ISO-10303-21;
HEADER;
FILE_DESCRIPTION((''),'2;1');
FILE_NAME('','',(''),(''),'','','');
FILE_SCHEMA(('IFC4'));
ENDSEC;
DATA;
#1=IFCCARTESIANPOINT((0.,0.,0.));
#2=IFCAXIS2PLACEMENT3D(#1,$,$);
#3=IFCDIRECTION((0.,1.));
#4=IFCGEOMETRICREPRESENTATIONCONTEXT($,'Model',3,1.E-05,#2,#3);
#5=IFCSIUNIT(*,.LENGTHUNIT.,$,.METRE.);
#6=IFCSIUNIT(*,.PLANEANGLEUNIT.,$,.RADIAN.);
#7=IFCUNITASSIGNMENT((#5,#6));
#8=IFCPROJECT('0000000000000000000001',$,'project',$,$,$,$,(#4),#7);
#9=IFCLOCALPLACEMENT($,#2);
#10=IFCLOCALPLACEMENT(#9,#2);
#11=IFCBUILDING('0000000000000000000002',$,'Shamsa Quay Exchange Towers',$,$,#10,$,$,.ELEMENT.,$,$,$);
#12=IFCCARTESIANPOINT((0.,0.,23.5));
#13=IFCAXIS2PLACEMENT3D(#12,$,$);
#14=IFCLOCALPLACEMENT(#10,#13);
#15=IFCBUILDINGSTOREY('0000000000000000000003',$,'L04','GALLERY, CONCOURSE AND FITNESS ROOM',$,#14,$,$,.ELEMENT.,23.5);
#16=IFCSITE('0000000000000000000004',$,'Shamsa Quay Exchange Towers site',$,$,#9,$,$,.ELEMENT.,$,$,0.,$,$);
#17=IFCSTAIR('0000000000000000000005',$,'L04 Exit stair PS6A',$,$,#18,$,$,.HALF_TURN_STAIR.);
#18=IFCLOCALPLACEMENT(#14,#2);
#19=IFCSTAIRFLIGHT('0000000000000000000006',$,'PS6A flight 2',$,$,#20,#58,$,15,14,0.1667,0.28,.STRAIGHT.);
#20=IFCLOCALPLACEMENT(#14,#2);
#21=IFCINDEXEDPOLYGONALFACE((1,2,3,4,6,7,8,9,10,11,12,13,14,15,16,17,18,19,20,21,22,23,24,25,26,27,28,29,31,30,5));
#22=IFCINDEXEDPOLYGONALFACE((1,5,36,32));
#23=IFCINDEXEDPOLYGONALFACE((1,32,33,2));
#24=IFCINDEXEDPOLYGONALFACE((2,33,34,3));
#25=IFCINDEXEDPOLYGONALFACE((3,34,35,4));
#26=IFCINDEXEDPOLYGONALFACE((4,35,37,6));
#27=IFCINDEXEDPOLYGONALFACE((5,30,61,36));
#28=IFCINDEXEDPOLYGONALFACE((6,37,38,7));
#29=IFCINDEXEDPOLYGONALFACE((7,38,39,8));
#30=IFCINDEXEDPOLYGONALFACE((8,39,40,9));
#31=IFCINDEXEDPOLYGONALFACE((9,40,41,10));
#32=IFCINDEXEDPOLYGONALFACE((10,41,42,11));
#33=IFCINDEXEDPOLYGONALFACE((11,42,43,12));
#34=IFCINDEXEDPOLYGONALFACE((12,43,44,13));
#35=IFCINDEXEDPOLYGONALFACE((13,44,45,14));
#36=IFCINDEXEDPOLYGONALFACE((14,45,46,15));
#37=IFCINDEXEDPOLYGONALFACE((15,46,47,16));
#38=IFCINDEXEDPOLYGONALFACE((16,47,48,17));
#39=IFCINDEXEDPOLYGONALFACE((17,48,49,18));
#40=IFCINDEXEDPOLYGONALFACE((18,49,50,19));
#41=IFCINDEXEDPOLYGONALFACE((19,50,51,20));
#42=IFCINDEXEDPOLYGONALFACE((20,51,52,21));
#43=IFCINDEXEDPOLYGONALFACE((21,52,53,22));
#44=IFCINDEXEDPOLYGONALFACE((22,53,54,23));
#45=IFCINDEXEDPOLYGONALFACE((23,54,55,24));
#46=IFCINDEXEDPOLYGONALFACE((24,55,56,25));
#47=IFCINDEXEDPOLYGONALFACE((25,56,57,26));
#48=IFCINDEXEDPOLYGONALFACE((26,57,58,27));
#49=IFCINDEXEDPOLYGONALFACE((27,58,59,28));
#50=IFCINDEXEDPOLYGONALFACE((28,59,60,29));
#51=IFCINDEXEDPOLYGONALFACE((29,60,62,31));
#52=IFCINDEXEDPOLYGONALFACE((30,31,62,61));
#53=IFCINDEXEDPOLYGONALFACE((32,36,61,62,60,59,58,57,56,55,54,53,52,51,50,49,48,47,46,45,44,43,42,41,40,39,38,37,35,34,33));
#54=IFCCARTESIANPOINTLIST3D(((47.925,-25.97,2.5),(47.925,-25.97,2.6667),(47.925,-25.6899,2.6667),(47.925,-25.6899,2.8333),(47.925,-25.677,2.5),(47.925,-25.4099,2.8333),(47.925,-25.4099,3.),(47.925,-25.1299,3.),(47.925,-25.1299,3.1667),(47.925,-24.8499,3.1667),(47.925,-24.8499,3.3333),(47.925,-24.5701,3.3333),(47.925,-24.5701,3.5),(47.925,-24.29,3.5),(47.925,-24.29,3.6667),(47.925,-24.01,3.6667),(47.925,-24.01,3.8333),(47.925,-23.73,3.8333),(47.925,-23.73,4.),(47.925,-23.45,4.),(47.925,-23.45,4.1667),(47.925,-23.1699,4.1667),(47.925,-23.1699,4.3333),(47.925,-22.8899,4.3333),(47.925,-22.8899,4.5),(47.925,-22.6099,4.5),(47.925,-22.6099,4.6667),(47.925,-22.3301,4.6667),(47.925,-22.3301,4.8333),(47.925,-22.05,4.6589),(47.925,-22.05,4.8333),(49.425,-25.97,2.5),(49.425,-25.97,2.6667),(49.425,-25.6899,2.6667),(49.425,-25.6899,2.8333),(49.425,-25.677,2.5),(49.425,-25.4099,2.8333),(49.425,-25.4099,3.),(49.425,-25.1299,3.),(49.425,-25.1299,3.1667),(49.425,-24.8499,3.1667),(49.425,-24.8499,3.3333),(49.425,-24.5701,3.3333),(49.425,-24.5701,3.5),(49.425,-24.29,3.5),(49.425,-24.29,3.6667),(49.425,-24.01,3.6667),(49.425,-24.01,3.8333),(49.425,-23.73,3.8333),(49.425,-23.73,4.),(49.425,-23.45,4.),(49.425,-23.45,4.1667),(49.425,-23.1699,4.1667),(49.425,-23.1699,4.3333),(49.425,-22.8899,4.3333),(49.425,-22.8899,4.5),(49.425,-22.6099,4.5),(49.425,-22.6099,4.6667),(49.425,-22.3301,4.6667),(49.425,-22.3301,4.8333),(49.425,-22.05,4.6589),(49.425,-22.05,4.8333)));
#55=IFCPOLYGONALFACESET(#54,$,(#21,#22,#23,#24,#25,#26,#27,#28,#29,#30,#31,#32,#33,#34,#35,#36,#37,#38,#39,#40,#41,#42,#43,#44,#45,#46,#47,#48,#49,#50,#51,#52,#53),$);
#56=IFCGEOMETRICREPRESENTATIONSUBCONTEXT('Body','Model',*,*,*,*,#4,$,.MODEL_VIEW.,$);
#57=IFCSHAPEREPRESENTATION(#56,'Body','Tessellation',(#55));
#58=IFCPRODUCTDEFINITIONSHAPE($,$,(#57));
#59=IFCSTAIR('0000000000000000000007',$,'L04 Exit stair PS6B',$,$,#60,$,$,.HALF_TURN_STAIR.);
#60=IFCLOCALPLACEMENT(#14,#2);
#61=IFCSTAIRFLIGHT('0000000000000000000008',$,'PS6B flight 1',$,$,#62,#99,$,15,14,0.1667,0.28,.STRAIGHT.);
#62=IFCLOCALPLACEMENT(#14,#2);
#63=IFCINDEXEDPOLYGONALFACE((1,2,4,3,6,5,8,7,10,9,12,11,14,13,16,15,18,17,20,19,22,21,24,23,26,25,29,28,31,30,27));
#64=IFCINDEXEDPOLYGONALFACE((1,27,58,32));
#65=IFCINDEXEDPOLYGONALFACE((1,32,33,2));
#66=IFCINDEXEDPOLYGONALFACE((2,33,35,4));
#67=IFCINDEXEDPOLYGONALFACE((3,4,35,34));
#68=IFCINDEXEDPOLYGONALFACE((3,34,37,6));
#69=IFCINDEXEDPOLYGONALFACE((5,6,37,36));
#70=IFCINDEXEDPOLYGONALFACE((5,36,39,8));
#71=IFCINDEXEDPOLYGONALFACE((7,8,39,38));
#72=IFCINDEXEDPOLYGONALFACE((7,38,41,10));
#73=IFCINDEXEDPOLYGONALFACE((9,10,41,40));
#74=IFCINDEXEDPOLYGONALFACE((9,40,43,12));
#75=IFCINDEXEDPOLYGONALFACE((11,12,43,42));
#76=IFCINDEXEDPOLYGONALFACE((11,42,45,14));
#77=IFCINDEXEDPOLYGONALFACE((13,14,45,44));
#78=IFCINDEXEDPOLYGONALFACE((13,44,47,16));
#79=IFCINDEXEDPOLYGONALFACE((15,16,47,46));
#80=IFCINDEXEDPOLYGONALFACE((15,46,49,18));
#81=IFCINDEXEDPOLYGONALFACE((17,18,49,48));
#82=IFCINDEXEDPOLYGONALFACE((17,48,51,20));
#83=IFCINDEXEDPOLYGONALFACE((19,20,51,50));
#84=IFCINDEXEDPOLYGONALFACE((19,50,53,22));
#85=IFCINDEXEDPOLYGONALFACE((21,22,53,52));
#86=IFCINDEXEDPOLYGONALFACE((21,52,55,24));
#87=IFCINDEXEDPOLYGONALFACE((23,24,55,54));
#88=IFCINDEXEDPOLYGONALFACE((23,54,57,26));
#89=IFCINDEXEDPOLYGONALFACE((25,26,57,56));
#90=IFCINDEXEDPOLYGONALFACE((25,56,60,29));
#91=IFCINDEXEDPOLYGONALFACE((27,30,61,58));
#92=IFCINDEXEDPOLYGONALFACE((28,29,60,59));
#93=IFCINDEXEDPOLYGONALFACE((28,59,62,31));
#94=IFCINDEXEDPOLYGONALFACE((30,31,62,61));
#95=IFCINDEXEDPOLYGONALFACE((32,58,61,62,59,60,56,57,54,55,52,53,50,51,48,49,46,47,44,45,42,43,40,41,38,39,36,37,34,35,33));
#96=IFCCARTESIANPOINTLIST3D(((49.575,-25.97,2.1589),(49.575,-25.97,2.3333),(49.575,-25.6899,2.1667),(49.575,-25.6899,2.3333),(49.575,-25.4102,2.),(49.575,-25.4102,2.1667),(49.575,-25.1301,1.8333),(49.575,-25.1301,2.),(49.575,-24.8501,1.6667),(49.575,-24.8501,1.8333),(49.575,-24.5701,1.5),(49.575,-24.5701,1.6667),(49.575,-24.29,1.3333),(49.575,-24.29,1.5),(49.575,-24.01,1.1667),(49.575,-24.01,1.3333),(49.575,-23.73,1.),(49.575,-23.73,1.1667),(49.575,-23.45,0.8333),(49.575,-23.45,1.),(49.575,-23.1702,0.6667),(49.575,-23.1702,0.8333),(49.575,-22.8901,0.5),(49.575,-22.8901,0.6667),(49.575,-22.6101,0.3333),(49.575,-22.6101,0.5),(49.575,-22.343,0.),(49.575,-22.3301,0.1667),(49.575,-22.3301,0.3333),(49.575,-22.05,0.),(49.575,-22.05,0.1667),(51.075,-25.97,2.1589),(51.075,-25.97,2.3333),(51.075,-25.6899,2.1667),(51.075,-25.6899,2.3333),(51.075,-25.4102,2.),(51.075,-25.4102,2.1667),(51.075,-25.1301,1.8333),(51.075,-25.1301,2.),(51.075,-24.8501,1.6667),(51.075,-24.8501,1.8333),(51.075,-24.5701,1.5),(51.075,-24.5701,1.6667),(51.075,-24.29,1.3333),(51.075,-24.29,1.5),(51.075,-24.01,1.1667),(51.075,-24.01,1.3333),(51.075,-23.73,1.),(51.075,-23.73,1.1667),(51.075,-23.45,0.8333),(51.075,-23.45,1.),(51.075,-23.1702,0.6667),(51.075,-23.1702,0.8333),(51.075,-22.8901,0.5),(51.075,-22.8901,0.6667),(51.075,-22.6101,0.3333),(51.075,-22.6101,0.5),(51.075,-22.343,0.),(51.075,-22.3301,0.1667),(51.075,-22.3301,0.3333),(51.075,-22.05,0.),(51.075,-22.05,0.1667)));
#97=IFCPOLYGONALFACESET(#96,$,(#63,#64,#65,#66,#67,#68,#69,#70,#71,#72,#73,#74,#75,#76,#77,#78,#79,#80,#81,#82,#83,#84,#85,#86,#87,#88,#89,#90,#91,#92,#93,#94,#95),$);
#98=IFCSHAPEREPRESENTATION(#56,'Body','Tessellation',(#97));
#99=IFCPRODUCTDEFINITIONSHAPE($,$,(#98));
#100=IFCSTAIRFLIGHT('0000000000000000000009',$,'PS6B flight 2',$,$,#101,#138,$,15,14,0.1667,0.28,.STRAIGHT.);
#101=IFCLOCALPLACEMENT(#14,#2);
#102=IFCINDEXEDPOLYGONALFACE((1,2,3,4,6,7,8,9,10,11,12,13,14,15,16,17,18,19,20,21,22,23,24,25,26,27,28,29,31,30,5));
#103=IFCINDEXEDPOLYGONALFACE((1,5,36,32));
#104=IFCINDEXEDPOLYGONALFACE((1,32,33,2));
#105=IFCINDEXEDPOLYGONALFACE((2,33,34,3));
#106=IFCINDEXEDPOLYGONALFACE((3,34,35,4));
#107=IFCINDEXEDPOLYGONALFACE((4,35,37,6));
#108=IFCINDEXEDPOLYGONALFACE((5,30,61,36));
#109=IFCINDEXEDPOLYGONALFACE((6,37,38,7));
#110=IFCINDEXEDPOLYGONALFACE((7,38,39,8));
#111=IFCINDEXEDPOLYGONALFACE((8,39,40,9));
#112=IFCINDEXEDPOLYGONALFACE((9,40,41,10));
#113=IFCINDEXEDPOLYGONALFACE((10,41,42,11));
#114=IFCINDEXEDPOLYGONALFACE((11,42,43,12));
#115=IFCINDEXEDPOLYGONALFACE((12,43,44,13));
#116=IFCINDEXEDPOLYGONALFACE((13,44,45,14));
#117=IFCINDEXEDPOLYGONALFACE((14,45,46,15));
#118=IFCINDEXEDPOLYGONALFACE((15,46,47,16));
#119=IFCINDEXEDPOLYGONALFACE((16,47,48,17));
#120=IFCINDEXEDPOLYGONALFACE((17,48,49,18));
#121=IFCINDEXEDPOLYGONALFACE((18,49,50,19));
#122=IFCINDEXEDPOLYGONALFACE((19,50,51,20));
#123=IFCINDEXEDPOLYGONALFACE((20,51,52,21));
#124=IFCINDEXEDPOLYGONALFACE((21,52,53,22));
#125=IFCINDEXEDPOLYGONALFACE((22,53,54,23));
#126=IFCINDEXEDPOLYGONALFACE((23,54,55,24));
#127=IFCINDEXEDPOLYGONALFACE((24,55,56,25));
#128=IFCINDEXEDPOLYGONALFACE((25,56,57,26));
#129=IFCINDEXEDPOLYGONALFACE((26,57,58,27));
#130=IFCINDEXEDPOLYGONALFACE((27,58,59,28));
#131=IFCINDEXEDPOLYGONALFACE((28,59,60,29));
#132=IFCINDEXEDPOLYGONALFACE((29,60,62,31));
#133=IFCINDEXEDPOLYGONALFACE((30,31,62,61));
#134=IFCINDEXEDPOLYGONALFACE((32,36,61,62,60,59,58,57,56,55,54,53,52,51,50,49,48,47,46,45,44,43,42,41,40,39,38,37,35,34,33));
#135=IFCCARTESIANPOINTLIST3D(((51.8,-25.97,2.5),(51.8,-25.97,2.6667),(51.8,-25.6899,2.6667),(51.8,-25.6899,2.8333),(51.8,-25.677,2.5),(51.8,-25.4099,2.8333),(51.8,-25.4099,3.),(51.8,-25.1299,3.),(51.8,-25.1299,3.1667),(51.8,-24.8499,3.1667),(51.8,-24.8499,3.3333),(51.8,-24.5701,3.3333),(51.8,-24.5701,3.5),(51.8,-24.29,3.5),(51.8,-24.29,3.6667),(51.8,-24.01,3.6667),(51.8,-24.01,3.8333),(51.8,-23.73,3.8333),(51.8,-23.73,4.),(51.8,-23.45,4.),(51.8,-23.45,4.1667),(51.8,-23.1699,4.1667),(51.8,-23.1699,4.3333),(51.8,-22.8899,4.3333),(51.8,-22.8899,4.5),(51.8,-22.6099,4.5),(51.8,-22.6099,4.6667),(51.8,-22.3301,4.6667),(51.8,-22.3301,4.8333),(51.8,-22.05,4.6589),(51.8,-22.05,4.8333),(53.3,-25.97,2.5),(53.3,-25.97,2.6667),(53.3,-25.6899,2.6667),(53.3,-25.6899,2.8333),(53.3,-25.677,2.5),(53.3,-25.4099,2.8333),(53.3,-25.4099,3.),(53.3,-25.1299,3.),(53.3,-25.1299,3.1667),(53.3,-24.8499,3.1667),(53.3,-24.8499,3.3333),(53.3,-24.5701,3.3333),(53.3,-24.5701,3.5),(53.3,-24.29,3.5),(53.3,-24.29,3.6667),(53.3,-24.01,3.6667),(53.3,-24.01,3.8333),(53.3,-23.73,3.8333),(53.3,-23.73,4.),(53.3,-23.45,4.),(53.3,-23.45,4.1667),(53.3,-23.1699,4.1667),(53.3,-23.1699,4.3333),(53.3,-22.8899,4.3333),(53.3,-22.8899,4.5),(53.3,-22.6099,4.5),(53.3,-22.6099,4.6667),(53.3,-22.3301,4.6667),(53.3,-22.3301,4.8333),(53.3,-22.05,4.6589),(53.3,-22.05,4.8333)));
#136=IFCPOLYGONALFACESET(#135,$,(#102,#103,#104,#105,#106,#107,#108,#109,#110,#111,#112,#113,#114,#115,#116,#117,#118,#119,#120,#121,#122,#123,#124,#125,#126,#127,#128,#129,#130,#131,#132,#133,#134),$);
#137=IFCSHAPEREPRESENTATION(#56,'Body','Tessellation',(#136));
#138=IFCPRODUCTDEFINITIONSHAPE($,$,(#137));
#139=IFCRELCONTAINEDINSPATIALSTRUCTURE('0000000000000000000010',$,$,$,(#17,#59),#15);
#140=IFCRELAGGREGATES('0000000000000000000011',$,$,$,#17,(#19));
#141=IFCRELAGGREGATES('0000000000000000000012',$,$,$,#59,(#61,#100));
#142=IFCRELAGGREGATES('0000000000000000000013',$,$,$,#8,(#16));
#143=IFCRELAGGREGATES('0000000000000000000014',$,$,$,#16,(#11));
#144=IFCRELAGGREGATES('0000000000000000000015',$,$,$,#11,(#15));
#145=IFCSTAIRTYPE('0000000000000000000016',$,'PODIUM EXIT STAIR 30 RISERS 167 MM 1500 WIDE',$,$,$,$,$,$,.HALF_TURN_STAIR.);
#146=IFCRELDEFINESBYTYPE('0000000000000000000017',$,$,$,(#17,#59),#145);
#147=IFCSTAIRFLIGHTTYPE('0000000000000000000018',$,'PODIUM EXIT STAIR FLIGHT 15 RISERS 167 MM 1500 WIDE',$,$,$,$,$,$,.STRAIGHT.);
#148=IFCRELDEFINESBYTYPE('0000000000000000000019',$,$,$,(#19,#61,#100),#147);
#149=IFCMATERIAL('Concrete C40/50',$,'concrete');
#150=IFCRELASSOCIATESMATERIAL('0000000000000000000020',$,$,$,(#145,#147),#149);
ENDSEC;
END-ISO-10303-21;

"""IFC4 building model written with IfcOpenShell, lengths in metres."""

from ifc_helpers import new_model, si_unit, direction, frame, origin, place, context, subcontext, project, spatial, polyline, outline, extrude, material, type_object, element, aggregate, save


model = new_model("IFC4")

# Units and contexts
model_context = context("Model", 3, precision=1e-05, world=origin(), true_north=direction((0.0, 1.0)))
body_context = subcontext(model_context, "Body", "Model", "MODEL_VIEW")
ifc_project = project(units=[si_unit("LENGTHUNIT", "METRE"), si_unit("PLANEANGLEUNIT", "RADIAN")], contexts=[model_context])

# Site, building, storey
site_placement = place(None, origin())
site = spatial("IfcSite", under=ifc_project, at=site_placement, Name="Shamsa Quay Exchange Towers site", CompositionType="ELEMENT", RefElevation=0.0)
building_placement = place(site_placement, origin())
building = spatial("IfcBuilding", under=site, at=building_placement, Name="Shamsa Quay Exchange Towers", CompositionType="ELEMENT")
storey_placement = place(building_placement, frame((0.0, 0.0, 23.5)))
storey = spatial("IfcBuildingStorey", under=building, at=storey_placement, Name="L04", Description="GALLERY, CONCOURSE AND FITNESS ROOM", CompositionType="ELEMENT", Elevation=23.5)

# Stairs, stair flights
ifc_material_1 = material(Name="Concrete C40/50", Category="concrete")
stair_type = type_object("IfcStairType", Name="PODIUM EXIT STAIR 30 RISERS 167 MM 1500 WIDE", PredefinedType="HALF_TURN_STAIR", material=ifc_material_1)
stair_1_placement = place(storey_placement, origin())
stair_1 = element("IfcStair", 1, at=stair_1_placement, inside=storey, type_object=stair_type, Name="L04 Exit stair PS6A", PredefinedType="HALF_TURN_STAIR")
stair_flight_type = type_object("IfcStairFlightType", Name="PODIUM EXIT STAIR FLIGHT 15 RISERS 167 MM 1500 WIDE", PredefinedType="STRAIGHT", material=ifc_material_1)
stair_flight_1_placement = place(storey_placement, frame((48.675, -25.97, 2.5), z_axis=(0.0, 0.0, 1.0), x_axis=(0.0, 1.0, 0.0)))
stair_flight_1 = element("IfcStairFlight", 2, at=stair_flight_1_placement, type_object=stair_flight_type, Name="PS6A flight 2", NumberOfRisers=15, NumberOfTreads=14, PredefinedType="STRAIGHT", RiserHeight=0.1667, TreadLength=0.28, context=body_context, shape_type="SweptSolid", body=[
    extrude(outline(polyline([(0.0, 0.0), (0.0, 0.1667), (0.28, 0.1667), (0.28, 0.3333), (0.5601, 0.3333), (0.5601, 0.5), (0.8401, 0.5), (0.8401, 0.6667), (1.1201, 0.6667), (1.1201, 0.8333), (1.3999, 0.8333), (1.3999, 1.0), (1.6799, 1.0), (1.6799, 1.1667), (1.96, 1.1667), (1.96, 1.3333), (2.24, 1.3333), (2.24, 1.5), (2.52, 1.5), (2.52, 1.6667), (2.8, 1.6667), (2.8, 1.8333), (3.0801, 1.8333), (3.0801, 2.0), (3.3601, 2.0), (3.3601, 2.1667), (3.6399, 2.1667), (3.6399, 2.3333), (3.9199, 2.3333), (3.9199, 2.5), (3.9199, 2.1589), (0.293, 0.0), (0.0, 0.0)])), frame((0.0, 0.75, 0.0), z_axis=(0.0, -1.0, 0.0), x_axis=(1.0, 0.0, 0.0)), (0.0, 0.0, 1.0), 1.5),
])
aggregate(stair_1, [stair_flight_1])
stair_2_placement = place(storey_placement, origin())
stair_2 = element("IfcStair", 3, at=stair_2_placement, inside=storey, type_object=stair_type, Name="L04 Exit stair PS6B", PredefinedType="HALF_TURN_STAIR")
stair_flight_2_placement = place(storey_placement, frame((50.325, -22.05, 0.0), z_axis=(0.0, 0.0, 1.0), x_axis=(0.0, -1.0, 0.0)))
stair_flight_2 = element("IfcStairFlight", 4, at=stair_flight_2_placement, type_object=stair_flight_type, Name="PS6B flight 1", NumberOfRisers=15, NumberOfTreads=14, PredefinedType="STRAIGHT", RiserHeight=0.1667, TreadLength=0.28, context=body_context, shape_type="SweptSolid", body=[
    extrude(outline(polyline([(0.0, 0.0), (0.0, 0.1667), (0.28, 0.1667), (0.28, 0.3333), (0.5601, 0.3333), (0.5601, 0.5), (0.8401, 0.5), (0.8401, 0.6667), (1.1201, 0.6667), (1.1201, 0.8333), (1.3999, 0.8333), (1.3999, 1.0), (1.6799, 1.0), (1.6799, 1.1667), (1.96, 1.1667), (1.96, 1.3333), (2.24, 1.3333), (2.24, 1.5), (2.52, 1.5), (2.52, 1.6667), (2.8, 1.6667), (2.8, 1.8333), (3.0801, 1.8333), (3.0801, 2.0), (3.3601, 2.0), (3.3601, 2.1667), (3.6399, 2.1667), (3.6399, 2.3333), (3.9199, 2.3333), (3.9199, 2.5), (3.9199, 2.1589), (0.293, 0.0), (0.0, 0.0)])), frame((0.0, 0.75, 0.0), z_axis=(0.0, -1.0, 0.0), x_axis=(1.0, 0.0, 0.0)), (0.0, 0.0, 1.0), 1.5),
])
stair_flight_3_placement = place(storey_placement, frame((52.55, -25.97, 2.5), z_axis=(0.0, 0.0, 1.0), x_axis=(0.0, 1.0, 0.0)))
stair_flight_3 = element("IfcStairFlight", 5, at=stair_flight_3_placement, type_object=stair_flight_type, Name="PS6B flight 2", NumberOfRisers=15, NumberOfTreads=14, PredefinedType="STRAIGHT", RiserHeight=0.1667, TreadLength=0.28, context=body_context, shape_type="SweptSolid", body=[
    extrude(outline(polyline([(0.0, 0.0), (0.0, 0.1667), (0.28, 0.1667), (0.28, 0.3333), (0.5601, 0.3333), (0.5601, 0.5), (0.8401, 0.5), (0.8401, 0.6667), (1.1201, 0.6667), (1.1201, 0.8333), (1.3999, 0.8333), (1.3999, 1.0), (1.6799, 1.0), (1.6799, 1.1667), (1.96, 1.1667), (1.96, 1.3333), (2.24, 1.3333), (2.24, 1.5), (2.52, 1.5), (2.52, 1.6667), (2.8, 1.6667), (2.8, 1.8333), (3.0801, 1.8333), (3.0801, 2.0), (3.3601, 2.0), (3.3601, 2.1667), (3.6399, 2.1667), (3.6399, 2.3333), (3.9199, 2.3333), (3.9199, 2.5), (3.9199, 2.1589), (0.293, 0.0), (0.0, 0.0)])), frame((0.0, 0.75, 0.0), z_axis=(0.0, -1.0, 0.0), x_axis=(1.0, 0.0, 0.0)), (0.0, 0.0, 1.0), 1.5),
])
aggregate(stair_2, [stair_flight_2, stair_flight_3])

save(model, "model.ifc")
